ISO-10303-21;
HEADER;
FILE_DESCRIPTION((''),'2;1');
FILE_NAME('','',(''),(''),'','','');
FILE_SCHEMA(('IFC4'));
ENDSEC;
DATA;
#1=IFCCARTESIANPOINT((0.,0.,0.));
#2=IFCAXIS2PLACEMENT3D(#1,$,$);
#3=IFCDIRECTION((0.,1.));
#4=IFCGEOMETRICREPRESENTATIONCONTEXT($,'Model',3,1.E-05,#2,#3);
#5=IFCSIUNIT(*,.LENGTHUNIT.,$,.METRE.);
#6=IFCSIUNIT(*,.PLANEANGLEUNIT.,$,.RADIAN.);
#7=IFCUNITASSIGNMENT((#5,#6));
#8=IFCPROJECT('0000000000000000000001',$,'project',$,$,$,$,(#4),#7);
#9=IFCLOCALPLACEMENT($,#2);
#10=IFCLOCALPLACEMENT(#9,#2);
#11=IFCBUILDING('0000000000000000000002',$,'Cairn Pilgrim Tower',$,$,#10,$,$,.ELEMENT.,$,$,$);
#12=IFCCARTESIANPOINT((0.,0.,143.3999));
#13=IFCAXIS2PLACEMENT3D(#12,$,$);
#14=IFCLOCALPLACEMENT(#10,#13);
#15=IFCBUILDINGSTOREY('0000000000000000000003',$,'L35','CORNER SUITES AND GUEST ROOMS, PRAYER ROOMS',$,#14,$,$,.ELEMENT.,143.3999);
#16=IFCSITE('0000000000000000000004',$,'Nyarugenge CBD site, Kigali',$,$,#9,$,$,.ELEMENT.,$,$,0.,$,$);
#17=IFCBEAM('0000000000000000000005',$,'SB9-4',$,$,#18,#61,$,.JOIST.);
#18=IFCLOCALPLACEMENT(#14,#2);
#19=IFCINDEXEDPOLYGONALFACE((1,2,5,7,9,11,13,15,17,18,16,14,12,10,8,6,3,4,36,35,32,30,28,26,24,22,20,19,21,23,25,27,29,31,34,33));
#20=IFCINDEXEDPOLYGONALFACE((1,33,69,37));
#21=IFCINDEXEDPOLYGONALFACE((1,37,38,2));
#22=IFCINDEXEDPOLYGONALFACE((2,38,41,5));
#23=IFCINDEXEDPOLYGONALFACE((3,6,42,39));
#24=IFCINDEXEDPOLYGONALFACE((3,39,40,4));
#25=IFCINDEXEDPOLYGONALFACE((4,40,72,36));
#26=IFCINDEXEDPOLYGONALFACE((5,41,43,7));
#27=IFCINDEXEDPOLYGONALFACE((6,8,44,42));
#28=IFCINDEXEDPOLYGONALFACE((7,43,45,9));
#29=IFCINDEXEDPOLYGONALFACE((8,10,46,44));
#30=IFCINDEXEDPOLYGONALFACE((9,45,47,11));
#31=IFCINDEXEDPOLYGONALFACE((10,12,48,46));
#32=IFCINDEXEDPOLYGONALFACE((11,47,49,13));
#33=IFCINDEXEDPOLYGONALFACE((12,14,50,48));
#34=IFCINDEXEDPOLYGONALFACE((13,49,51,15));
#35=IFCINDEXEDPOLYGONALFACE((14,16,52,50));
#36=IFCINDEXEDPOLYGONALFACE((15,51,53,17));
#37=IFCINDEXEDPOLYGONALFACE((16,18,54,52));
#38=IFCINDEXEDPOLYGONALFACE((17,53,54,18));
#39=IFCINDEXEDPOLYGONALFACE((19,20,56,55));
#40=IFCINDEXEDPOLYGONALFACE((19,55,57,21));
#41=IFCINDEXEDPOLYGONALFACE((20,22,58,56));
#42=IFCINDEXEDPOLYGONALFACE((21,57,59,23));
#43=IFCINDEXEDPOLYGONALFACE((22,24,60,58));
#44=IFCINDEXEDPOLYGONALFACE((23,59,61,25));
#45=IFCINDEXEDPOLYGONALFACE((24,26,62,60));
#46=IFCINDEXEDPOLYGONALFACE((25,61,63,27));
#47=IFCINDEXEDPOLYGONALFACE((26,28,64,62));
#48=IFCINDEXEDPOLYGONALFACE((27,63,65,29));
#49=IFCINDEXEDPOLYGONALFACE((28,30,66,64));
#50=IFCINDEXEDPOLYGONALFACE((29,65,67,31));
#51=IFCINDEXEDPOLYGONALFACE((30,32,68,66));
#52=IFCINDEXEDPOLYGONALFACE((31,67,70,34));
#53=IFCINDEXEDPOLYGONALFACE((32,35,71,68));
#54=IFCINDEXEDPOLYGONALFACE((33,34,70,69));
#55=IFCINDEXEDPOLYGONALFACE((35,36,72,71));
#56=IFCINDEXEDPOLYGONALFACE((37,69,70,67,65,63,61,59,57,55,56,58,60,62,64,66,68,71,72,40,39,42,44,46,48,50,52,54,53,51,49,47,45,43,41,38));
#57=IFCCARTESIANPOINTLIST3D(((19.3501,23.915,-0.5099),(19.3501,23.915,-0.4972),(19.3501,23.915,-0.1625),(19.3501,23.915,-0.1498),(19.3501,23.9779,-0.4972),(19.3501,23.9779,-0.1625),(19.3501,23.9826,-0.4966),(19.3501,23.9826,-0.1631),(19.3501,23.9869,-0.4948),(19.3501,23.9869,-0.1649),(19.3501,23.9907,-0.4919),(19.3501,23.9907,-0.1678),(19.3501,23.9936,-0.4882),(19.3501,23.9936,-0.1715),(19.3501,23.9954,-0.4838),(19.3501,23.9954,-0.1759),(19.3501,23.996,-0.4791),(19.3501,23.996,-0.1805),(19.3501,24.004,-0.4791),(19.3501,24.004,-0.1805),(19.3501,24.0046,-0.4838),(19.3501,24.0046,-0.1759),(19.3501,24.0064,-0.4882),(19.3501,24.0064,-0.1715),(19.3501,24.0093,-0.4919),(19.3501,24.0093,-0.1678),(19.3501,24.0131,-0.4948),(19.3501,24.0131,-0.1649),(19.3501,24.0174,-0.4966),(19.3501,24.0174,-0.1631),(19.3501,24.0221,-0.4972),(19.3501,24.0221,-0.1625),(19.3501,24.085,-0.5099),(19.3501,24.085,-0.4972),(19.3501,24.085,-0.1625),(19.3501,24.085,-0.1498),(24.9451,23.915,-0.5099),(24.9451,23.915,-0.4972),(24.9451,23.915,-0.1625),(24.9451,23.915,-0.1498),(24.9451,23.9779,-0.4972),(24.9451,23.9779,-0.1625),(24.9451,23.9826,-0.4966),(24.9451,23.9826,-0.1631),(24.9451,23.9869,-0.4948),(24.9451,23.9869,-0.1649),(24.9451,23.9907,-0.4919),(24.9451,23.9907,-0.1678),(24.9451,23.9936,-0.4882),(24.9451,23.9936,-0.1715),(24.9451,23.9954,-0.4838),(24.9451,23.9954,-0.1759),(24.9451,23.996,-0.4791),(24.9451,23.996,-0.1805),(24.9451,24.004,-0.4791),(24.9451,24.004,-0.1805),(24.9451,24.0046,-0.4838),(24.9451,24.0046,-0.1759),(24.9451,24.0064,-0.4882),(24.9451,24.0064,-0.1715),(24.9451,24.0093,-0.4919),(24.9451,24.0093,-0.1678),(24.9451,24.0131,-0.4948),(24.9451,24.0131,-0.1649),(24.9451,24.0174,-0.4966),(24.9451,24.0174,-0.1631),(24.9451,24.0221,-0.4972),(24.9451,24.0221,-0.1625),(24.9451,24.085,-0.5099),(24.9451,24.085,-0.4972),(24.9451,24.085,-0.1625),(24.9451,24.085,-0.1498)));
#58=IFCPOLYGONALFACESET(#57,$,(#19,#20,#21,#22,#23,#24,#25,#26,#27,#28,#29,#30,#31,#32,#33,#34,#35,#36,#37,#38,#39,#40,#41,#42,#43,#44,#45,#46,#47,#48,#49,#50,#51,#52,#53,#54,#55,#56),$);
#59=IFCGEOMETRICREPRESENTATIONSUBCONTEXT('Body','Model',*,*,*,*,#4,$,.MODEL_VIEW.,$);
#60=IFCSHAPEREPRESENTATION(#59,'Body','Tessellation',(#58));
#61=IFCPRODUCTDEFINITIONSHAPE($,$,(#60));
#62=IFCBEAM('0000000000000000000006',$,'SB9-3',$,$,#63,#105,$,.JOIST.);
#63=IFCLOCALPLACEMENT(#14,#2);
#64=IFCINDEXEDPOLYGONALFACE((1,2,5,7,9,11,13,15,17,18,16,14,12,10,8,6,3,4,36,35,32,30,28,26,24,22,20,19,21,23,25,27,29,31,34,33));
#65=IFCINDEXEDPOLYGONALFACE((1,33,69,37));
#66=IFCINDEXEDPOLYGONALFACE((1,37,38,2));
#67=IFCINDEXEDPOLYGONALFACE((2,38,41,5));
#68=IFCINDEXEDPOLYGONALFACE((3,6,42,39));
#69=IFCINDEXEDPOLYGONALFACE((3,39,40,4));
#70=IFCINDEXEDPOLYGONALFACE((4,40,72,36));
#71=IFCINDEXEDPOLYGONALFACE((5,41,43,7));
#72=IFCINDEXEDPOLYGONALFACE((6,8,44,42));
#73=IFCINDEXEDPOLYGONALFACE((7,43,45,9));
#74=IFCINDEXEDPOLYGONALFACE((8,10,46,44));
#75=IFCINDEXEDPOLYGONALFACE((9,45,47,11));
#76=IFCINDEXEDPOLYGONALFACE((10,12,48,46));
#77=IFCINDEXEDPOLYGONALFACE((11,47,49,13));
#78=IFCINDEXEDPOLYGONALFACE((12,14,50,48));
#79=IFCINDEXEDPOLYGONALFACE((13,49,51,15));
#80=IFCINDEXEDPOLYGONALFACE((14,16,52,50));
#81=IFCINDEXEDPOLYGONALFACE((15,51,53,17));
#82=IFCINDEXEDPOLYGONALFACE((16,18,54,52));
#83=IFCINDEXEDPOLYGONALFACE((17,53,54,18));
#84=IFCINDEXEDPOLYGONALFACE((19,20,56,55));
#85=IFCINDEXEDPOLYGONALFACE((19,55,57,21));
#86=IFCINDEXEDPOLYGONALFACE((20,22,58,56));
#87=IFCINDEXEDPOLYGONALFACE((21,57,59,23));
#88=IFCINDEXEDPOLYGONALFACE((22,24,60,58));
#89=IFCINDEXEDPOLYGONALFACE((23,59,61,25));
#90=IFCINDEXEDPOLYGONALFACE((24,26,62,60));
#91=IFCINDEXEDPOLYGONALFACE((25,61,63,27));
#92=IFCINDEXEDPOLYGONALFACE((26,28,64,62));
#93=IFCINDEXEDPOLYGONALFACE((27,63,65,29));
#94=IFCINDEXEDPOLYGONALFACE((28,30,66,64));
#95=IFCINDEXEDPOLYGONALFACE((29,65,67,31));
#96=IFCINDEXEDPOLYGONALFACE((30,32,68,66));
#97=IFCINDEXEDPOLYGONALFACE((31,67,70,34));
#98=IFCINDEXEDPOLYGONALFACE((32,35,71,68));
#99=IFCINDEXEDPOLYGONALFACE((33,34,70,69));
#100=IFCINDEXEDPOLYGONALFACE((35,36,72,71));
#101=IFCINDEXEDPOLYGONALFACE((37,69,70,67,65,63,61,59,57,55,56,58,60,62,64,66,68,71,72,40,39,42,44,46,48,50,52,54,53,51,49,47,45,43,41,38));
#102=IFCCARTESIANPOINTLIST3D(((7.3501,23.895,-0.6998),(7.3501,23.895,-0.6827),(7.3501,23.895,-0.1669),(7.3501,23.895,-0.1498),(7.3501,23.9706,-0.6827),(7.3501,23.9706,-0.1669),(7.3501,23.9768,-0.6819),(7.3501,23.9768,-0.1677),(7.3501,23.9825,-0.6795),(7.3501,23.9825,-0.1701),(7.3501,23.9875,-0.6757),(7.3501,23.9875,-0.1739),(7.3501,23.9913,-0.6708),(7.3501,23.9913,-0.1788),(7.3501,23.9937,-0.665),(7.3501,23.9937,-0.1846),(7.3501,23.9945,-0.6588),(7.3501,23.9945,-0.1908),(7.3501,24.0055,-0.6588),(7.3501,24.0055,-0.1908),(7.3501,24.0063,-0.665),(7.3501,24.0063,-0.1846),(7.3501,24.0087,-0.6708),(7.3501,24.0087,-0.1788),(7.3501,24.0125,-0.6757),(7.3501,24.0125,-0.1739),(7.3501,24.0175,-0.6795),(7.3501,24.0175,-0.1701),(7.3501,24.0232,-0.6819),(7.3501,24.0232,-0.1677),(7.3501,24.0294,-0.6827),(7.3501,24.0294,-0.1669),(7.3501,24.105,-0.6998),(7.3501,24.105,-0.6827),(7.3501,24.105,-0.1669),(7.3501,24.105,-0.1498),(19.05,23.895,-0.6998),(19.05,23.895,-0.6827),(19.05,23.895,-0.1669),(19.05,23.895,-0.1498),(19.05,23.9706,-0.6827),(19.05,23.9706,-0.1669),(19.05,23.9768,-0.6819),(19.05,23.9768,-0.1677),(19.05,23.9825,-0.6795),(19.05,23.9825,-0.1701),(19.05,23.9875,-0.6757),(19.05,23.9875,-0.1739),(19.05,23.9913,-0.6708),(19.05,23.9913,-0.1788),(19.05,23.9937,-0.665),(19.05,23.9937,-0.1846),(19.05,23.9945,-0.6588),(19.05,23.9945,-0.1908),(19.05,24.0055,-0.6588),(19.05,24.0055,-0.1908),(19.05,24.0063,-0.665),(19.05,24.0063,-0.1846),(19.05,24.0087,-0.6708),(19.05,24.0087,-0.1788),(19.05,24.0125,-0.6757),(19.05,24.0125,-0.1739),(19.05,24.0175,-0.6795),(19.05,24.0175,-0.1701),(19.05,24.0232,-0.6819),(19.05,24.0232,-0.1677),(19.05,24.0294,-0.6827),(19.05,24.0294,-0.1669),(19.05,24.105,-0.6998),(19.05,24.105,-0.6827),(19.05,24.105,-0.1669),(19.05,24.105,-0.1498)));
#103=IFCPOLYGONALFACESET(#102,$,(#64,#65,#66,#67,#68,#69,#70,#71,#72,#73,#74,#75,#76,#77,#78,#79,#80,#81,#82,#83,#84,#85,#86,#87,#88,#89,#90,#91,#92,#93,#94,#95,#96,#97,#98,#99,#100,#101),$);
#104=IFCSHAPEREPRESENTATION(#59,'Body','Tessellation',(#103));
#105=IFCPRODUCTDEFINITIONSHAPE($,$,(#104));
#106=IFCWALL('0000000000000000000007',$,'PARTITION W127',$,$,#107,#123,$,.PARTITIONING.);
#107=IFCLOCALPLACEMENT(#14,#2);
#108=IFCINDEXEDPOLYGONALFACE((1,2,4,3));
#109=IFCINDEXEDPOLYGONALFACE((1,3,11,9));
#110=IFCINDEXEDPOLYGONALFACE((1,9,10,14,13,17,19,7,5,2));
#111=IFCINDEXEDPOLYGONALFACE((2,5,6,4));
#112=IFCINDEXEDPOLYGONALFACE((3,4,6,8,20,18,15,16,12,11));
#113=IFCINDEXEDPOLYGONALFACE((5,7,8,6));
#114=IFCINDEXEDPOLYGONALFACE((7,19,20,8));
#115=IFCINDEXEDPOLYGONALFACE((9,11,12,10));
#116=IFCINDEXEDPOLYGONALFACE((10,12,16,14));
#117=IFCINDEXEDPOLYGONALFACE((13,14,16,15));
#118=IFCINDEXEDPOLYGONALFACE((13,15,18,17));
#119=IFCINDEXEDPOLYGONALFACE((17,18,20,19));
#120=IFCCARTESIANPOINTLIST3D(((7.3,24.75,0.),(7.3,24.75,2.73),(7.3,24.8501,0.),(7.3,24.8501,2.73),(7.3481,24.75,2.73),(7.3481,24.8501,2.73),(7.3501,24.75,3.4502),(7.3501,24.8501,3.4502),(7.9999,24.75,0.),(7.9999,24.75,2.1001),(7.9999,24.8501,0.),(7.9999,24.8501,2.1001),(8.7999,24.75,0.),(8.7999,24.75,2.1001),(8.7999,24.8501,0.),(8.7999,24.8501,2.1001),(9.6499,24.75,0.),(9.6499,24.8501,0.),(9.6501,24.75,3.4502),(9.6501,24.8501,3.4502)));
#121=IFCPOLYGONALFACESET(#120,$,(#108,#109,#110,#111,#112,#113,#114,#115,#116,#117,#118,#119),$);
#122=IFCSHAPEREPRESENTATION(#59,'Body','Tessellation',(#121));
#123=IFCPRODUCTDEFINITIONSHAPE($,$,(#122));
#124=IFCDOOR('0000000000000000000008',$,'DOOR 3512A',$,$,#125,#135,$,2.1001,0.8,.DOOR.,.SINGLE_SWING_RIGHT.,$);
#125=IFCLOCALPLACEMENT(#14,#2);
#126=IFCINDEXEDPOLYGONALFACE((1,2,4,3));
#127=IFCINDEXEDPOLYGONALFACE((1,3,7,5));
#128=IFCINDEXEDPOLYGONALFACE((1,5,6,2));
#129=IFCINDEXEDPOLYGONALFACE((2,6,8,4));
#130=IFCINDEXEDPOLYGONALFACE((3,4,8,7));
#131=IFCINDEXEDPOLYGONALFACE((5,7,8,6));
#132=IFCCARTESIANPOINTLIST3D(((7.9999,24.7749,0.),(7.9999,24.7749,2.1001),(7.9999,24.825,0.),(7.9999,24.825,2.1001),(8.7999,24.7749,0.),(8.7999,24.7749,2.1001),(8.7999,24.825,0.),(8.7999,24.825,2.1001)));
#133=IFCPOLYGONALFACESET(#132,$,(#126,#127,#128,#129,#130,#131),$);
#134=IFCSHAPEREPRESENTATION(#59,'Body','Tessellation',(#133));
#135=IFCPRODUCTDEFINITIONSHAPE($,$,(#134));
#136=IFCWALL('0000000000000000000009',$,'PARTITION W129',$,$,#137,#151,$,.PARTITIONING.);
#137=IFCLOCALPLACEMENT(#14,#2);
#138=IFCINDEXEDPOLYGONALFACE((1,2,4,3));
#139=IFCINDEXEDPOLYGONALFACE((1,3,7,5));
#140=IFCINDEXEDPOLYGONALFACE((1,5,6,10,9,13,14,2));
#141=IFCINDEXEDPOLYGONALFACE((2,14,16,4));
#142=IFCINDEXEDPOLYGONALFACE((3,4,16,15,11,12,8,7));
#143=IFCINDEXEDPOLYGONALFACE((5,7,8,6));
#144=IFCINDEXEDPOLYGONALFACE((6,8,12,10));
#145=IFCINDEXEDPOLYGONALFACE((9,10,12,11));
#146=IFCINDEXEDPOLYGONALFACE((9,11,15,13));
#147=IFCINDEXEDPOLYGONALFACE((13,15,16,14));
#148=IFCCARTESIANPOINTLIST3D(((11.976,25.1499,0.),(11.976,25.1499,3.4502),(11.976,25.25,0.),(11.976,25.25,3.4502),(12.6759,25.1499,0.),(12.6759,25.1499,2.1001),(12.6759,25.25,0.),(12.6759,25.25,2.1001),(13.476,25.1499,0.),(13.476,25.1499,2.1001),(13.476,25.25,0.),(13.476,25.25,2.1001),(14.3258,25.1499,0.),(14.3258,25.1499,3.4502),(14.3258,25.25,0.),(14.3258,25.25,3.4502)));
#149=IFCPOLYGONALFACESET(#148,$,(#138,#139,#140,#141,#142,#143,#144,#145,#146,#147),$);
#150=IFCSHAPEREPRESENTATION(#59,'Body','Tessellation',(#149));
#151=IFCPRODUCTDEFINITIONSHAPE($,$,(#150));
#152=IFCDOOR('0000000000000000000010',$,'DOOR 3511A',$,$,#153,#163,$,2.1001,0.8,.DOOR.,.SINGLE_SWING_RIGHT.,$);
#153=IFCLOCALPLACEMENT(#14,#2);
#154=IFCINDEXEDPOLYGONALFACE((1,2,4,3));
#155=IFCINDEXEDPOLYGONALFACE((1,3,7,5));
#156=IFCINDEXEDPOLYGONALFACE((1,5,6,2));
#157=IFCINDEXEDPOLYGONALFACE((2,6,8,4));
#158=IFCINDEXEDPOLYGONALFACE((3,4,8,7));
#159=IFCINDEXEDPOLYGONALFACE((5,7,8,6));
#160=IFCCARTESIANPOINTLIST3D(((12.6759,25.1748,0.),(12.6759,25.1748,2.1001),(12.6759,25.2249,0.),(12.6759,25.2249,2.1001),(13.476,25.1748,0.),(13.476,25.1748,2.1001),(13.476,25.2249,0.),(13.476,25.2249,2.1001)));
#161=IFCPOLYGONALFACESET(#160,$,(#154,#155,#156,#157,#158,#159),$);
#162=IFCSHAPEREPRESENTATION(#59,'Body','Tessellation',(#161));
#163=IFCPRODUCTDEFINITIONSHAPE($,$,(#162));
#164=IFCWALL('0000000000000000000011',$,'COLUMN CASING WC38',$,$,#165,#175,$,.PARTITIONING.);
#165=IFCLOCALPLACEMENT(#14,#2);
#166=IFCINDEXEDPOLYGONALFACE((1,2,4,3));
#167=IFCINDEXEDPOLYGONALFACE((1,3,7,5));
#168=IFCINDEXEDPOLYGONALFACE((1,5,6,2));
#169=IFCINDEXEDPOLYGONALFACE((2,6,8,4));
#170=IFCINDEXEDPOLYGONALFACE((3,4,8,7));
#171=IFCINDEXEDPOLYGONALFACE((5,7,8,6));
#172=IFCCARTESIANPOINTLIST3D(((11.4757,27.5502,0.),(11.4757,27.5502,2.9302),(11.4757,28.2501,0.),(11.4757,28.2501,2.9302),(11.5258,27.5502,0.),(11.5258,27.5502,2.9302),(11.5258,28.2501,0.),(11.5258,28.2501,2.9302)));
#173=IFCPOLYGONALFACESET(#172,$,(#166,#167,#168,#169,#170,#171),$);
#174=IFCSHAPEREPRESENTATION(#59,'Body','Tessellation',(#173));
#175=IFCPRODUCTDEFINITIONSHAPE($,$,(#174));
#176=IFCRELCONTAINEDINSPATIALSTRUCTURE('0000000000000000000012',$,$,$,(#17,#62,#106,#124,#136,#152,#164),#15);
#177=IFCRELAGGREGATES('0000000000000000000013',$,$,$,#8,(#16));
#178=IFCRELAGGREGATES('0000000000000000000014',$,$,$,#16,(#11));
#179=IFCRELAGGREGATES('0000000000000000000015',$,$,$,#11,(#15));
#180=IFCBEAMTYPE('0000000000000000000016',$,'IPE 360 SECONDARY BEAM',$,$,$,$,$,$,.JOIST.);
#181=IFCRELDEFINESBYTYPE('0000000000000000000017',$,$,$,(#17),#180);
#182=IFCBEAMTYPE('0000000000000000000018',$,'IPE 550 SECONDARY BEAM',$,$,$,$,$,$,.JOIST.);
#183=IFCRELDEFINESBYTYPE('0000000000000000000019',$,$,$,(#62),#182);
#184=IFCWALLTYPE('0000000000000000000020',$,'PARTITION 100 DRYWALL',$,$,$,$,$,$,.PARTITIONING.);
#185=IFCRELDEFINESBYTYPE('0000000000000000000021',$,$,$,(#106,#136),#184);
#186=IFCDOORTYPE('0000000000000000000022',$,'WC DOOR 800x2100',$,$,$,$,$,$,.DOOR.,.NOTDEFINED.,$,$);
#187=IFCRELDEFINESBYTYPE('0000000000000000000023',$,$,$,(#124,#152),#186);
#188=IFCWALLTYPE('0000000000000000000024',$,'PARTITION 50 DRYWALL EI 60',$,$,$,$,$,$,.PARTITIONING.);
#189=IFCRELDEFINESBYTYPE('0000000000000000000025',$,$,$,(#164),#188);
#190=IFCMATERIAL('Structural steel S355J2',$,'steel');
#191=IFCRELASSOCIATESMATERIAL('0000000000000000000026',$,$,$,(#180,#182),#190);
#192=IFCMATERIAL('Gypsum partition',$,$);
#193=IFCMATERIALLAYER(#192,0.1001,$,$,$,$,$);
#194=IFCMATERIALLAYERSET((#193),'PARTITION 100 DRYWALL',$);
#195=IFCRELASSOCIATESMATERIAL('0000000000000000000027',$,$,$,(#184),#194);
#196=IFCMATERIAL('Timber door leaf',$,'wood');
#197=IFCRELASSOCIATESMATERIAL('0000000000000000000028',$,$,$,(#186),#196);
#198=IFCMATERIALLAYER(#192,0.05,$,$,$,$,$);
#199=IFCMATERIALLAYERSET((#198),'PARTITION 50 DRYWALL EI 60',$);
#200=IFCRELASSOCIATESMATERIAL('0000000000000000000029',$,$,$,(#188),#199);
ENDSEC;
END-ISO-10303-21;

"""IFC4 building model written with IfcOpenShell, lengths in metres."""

from ifc_helpers import new_model, si_unit, direction, frame, frame_2d, origin, origin_2d, place, context, subcontext, project, spatial, polyline, rectangle, i_section, outline, extrude, material, layer, layer_set, material_profile, profile_set, type_object, element, fill, save


model = new_model("IFC4")

# Units and contexts
model_context = context("Model", 3, precision=1e-05, world=origin(), true_north=direction((0.0, 1.0)))
body_context = subcontext(model_context, "Body", "Model", "MODEL_VIEW")
ifc_project = project(units=[si_unit("LENGTHUNIT", "METRE"), si_unit("PLANEANGLEUNIT", "RADIAN")], contexts=[model_context])

# Site, building, storey
site_placement = place(None, origin())
site = spatial("IfcSite", under=ifc_project, at=site_placement, Name="Nyarugenge CBD site, Kigali", CompositionType="ELEMENT", RefElevation=0.0)
building_placement = place(site_placement, origin())
building = spatial("IfcBuilding", under=site, at=building_placement, Name="Cairn Pilgrim Tower", CompositionType="ELEMENT")
storey_placement = place(building_placement, frame((0.0, 0.0, 143.3999)))
storey = spatial("IfcBuildingStorey", under=building, at=storey_placement, Name="L35", Description="CORNER SUITES AND GUEST ROOMS, PRAYER ROOMS", CompositionType="ELEMENT", Elevation=143.3999)

# Beams
ifc_material_1 = material(Name="Structural steel S355J2", Category="steel")
ifc_material_profile_1 = material_profile(ifc_material_1, i_section(OverallWidth=0.1699, OverallDepth=0.3601, WebThickness=0.0081, FlangeThickness=0.0127, FilletRadius=0.0181, at=origin_2d()), Name="IPE 360")
ifc_profile_set_1 = profile_set([ifc_material_profile_1], Name="Structural steel S355J2")
beam_type_1 = type_object("IfcBeamType", Name="IPE 360 SECONDARY BEAM", PredefinedType="JOIST", material=ifc_profile_set_1)
beam_1_placement = place(storey_placement, frame((19.3501, 24.0, -0.3298), z_axis=(1.0, 0.0, 0.0), x_axis=(0.0, 1.0, 0.0)))
element("IfcBeam", 1, at=beam_1_placement, inside=storey, type_object=beam_type_1, Name="SB9-4", PredefinedType="JOIST", context=body_context, shape_type="SweptSolid", body=[
    extrude(i_section(OverallWidth=0.1699, OverallDepth=0.3601, WebThickness=0.0081, FlangeThickness=0.0127, FilletRadius=0.0181, at=origin_2d()), origin(), (0.0, 0.0, 1.0), 5.595),
])
ifc_material_profile_2 = material_profile(ifc_material_1, i_section(OverallWidth=0.21, OverallDepth=0.55, WebThickness=0.011, FlangeThickness=0.0171, FilletRadius=0.0239, at=origin_2d()), Name="IPE 550")
ifc_profile_set_2 = profile_set([ifc_material_profile_2], Name="Structural steel S355J2")
beam_type_2 = type_object("IfcBeamType", Name="IPE 550 SECONDARY BEAM", PredefinedType="JOIST", material=ifc_profile_set_2)
beam_2_placement = place(storey_placement, frame((7.3501, 24.0, -0.4248), z_axis=(1.0, 0.0, 0.0), x_axis=(0.0, 1.0, 0.0)))
element("IfcBeam", 2, at=beam_2_placement, inside=storey, type_object=beam_type_2, Name="SB9-3", PredefinedType="JOIST", context=body_context, shape_type="SweptSolid", body=[
    extrude(i_section(OverallWidth=0.21, OverallDepth=0.55, WebThickness=0.011, FlangeThickness=0.0171, FilletRadius=0.0239, at=origin_2d()), origin(), (0.0, 0.0, 1.0), 11.7),
])

# Walls, openings, doors
ifc_material_2 = material(Name="Gypsum partition")
ifc_layer_1 = layer(ifc_material_2, 0.1001)
ifc_layer_set_1 = layer_set([ifc_layer_1], Name="PARTITION 100 DRYWALL")
wall_type_1 = type_object("IfcWallType", Name="PARTITION 100 DRYWALL", PredefinedType="PARTITIONING", material=ifc_layer_set_1)
wall_1_placement = place(storey_placement, frame((7.3, 24.8, 0.0), z_axis=(0.0, 0.0, 1.0), x_axis=(1.0, 0.0, 0.0)))
wall_1 = element("IfcWall", 3, at=wall_1_placement, inside=storey, type_object=wall_type_1, Name="PARTITION W127", PredefinedType="PARTITIONING", context=body_context, shape_type="SweptSolid", body=[
    extrude(outline(polyline([(0.0, 0.0), (2.3499, 0.0), (2.3501, 3.4502), (0.05, 3.4502), (0.0481, 2.73), (0.0, 2.73), (0.0, 0.0)])), frame((0.0, 0.05, 0.0), z_axis=(0.0, -1.0, 0.0), x_axis=(1.0, 0.0, 0.0)), (0.0, 0.0, 1.0), 0.1001),
])
opening_1_placement = place(wall_1_placement, frame((0.7, 0.0, 0.0)))
opening_1 = element("IfcOpeningElement", 4, at=opening_1_placement, cuts=wall_1, PredefinedType="OPENING", context=body_context, shape_type="SweptSolid", body=[
    extrude(rectangle(XDim=0.8, YDim=2.1001, at=frame_2d((0.3999, 1.05))), frame((0.0, 0.0601, 0.0), z_axis=(0.0, -1.0, 0.0), x_axis=(1.0, 0.0, 0.0)), (0.0, 0.0, 1.0), 0.1201),
])
ifc_material_3 = material(Name="Timber door leaf", Category="wood")
door_type_1 = type_object("IfcDoorType", Name="WC DOOR 800x2100", OperationType="NOTDEFINED", PredefinedType="DOOR", material=ifc_material_3)
door_1_placement = place(opening_1_placement, origin())
door_1 = element("IfcDoor", 5, at=door_1_placement, inside=storey, type_object=door_type_1, Name="DOOR 3512A", OperationType="SINGLE_SWING_RIGHT", OverallHeight=2.1001, OverallWidth=0.8, PredefinedType="DOOR", context=body_context, shape_type="SweptSolid", body=[
    extrude(rectangle(XDim=0.8, YDim=2.1001, at=frame_2d((0.3999, 1.05))), frame((0.0, 0.0249, 0.0), z_axis=(0.0, -1.0, 0.0), x_axis=(1.0, 0.0, 0.0)), (0.0, 0.0, 1.0), 0.05),
])
fill(opening_1, door_1)
wall_2_placement = place(storey_placement, frame((11.9761, 25.2, 0.0), z_axis=(0.0, 0.0, 1.0), x_axis=(1.0, 0.0, 0.0)))
wall_2 = element("IfcWall", 6, at=wall_2_placement, inside=storey, type_object=wall_type_1, Name="PARTITION W129", PredefinedType="PARTITIONING", context=body_context, shape_type="SweptSolid", body=[
    extrude(rectangle(XDim=2.3499, YDim=0.1001, at=frame_2d((1.1748, 0.0))), origin(), (0.0, 0.0, 1.0), 3.4502),
])
opening_2_placement = place(wall_2_placement, frame((0.7, 0.0, 0.0)))
opening_2 = element("IfcOpeningElement", 7, at=opening_2_placement, cuts=wall_2, PredefinedType="OPENING", context=body_context, shape_type="SweptSolid", body=[
    extrude(rectangle(XDim=0.8, YDim=2.1001, at=frame_2d((0.3999, 1.05))), frame((0.0, 0.0601, 0.0), z_axis=(0.0, -1.0, 0.0), x_axis=(1.0, 0.0, 0.0)), (0.0, 0.0, 1.0), 0.1201),
])
door_2_placement = place(opening_2_placement, origin())
door_2 = element("IfcDoor", 8, at=door_2_placement, inside=storey, type_object=door_type_1, Name="DOOR 3511A", OperationType="SINGLE_SWING_RIGHT", OverallHeight=2.1001, OverallWidth=0.8, PredefinedType="DOOR", context=body_context, shape_type="SweptSolid", body=[
    extrude(rectangle(XDim=0.8, YDim=2.1001, at=frame_2d((0.3999, 1.05))), frame((0.0, 0.0249, 0.0), z_axis=(0.0, -1.0, 0.0), x_axis=(1.0, 0.0, 0.0)), (0.0, 0.0, 1.0), 0.05),
])
fill(opening_2, door_2)

# Wall
ifc_layer_2 = layer(ifc_material_2, 0.05)
ifc_layer_set_2 = layer_set([ifc_layer_2], Name="PARTITION 50 DRYWALL EI 60")
wall_type_2 = type_object("IfcWallType", Name="PARTITION 50 DRYWALL EI 60", PredefinedType="PARTITIONING", material=ifc_layer_set_2)
wall_3_placement = place(storey_placement, frame((11.5007, 27.55, 0.0), z_axis=(0.0, 0.0, 1.0), x_axis=(0.0, 1.0, 0.0)))
element("IfcWall", 9, at=wall_3_placement, inside=storey, type_object=wall_type_2, Name="COLUMN CASING WC38", PredefinedType="PARTITIONING", context=body_context, shape_type="SweptSolid", body=[
    extrude(rectangle(XDim=0.7, YDim=0.05, at=frame_2d((0.3501, 0.0))), origin(), (0.0, 0.0, 1.0), 2.9302),
])

save(model, "model.ifc")
